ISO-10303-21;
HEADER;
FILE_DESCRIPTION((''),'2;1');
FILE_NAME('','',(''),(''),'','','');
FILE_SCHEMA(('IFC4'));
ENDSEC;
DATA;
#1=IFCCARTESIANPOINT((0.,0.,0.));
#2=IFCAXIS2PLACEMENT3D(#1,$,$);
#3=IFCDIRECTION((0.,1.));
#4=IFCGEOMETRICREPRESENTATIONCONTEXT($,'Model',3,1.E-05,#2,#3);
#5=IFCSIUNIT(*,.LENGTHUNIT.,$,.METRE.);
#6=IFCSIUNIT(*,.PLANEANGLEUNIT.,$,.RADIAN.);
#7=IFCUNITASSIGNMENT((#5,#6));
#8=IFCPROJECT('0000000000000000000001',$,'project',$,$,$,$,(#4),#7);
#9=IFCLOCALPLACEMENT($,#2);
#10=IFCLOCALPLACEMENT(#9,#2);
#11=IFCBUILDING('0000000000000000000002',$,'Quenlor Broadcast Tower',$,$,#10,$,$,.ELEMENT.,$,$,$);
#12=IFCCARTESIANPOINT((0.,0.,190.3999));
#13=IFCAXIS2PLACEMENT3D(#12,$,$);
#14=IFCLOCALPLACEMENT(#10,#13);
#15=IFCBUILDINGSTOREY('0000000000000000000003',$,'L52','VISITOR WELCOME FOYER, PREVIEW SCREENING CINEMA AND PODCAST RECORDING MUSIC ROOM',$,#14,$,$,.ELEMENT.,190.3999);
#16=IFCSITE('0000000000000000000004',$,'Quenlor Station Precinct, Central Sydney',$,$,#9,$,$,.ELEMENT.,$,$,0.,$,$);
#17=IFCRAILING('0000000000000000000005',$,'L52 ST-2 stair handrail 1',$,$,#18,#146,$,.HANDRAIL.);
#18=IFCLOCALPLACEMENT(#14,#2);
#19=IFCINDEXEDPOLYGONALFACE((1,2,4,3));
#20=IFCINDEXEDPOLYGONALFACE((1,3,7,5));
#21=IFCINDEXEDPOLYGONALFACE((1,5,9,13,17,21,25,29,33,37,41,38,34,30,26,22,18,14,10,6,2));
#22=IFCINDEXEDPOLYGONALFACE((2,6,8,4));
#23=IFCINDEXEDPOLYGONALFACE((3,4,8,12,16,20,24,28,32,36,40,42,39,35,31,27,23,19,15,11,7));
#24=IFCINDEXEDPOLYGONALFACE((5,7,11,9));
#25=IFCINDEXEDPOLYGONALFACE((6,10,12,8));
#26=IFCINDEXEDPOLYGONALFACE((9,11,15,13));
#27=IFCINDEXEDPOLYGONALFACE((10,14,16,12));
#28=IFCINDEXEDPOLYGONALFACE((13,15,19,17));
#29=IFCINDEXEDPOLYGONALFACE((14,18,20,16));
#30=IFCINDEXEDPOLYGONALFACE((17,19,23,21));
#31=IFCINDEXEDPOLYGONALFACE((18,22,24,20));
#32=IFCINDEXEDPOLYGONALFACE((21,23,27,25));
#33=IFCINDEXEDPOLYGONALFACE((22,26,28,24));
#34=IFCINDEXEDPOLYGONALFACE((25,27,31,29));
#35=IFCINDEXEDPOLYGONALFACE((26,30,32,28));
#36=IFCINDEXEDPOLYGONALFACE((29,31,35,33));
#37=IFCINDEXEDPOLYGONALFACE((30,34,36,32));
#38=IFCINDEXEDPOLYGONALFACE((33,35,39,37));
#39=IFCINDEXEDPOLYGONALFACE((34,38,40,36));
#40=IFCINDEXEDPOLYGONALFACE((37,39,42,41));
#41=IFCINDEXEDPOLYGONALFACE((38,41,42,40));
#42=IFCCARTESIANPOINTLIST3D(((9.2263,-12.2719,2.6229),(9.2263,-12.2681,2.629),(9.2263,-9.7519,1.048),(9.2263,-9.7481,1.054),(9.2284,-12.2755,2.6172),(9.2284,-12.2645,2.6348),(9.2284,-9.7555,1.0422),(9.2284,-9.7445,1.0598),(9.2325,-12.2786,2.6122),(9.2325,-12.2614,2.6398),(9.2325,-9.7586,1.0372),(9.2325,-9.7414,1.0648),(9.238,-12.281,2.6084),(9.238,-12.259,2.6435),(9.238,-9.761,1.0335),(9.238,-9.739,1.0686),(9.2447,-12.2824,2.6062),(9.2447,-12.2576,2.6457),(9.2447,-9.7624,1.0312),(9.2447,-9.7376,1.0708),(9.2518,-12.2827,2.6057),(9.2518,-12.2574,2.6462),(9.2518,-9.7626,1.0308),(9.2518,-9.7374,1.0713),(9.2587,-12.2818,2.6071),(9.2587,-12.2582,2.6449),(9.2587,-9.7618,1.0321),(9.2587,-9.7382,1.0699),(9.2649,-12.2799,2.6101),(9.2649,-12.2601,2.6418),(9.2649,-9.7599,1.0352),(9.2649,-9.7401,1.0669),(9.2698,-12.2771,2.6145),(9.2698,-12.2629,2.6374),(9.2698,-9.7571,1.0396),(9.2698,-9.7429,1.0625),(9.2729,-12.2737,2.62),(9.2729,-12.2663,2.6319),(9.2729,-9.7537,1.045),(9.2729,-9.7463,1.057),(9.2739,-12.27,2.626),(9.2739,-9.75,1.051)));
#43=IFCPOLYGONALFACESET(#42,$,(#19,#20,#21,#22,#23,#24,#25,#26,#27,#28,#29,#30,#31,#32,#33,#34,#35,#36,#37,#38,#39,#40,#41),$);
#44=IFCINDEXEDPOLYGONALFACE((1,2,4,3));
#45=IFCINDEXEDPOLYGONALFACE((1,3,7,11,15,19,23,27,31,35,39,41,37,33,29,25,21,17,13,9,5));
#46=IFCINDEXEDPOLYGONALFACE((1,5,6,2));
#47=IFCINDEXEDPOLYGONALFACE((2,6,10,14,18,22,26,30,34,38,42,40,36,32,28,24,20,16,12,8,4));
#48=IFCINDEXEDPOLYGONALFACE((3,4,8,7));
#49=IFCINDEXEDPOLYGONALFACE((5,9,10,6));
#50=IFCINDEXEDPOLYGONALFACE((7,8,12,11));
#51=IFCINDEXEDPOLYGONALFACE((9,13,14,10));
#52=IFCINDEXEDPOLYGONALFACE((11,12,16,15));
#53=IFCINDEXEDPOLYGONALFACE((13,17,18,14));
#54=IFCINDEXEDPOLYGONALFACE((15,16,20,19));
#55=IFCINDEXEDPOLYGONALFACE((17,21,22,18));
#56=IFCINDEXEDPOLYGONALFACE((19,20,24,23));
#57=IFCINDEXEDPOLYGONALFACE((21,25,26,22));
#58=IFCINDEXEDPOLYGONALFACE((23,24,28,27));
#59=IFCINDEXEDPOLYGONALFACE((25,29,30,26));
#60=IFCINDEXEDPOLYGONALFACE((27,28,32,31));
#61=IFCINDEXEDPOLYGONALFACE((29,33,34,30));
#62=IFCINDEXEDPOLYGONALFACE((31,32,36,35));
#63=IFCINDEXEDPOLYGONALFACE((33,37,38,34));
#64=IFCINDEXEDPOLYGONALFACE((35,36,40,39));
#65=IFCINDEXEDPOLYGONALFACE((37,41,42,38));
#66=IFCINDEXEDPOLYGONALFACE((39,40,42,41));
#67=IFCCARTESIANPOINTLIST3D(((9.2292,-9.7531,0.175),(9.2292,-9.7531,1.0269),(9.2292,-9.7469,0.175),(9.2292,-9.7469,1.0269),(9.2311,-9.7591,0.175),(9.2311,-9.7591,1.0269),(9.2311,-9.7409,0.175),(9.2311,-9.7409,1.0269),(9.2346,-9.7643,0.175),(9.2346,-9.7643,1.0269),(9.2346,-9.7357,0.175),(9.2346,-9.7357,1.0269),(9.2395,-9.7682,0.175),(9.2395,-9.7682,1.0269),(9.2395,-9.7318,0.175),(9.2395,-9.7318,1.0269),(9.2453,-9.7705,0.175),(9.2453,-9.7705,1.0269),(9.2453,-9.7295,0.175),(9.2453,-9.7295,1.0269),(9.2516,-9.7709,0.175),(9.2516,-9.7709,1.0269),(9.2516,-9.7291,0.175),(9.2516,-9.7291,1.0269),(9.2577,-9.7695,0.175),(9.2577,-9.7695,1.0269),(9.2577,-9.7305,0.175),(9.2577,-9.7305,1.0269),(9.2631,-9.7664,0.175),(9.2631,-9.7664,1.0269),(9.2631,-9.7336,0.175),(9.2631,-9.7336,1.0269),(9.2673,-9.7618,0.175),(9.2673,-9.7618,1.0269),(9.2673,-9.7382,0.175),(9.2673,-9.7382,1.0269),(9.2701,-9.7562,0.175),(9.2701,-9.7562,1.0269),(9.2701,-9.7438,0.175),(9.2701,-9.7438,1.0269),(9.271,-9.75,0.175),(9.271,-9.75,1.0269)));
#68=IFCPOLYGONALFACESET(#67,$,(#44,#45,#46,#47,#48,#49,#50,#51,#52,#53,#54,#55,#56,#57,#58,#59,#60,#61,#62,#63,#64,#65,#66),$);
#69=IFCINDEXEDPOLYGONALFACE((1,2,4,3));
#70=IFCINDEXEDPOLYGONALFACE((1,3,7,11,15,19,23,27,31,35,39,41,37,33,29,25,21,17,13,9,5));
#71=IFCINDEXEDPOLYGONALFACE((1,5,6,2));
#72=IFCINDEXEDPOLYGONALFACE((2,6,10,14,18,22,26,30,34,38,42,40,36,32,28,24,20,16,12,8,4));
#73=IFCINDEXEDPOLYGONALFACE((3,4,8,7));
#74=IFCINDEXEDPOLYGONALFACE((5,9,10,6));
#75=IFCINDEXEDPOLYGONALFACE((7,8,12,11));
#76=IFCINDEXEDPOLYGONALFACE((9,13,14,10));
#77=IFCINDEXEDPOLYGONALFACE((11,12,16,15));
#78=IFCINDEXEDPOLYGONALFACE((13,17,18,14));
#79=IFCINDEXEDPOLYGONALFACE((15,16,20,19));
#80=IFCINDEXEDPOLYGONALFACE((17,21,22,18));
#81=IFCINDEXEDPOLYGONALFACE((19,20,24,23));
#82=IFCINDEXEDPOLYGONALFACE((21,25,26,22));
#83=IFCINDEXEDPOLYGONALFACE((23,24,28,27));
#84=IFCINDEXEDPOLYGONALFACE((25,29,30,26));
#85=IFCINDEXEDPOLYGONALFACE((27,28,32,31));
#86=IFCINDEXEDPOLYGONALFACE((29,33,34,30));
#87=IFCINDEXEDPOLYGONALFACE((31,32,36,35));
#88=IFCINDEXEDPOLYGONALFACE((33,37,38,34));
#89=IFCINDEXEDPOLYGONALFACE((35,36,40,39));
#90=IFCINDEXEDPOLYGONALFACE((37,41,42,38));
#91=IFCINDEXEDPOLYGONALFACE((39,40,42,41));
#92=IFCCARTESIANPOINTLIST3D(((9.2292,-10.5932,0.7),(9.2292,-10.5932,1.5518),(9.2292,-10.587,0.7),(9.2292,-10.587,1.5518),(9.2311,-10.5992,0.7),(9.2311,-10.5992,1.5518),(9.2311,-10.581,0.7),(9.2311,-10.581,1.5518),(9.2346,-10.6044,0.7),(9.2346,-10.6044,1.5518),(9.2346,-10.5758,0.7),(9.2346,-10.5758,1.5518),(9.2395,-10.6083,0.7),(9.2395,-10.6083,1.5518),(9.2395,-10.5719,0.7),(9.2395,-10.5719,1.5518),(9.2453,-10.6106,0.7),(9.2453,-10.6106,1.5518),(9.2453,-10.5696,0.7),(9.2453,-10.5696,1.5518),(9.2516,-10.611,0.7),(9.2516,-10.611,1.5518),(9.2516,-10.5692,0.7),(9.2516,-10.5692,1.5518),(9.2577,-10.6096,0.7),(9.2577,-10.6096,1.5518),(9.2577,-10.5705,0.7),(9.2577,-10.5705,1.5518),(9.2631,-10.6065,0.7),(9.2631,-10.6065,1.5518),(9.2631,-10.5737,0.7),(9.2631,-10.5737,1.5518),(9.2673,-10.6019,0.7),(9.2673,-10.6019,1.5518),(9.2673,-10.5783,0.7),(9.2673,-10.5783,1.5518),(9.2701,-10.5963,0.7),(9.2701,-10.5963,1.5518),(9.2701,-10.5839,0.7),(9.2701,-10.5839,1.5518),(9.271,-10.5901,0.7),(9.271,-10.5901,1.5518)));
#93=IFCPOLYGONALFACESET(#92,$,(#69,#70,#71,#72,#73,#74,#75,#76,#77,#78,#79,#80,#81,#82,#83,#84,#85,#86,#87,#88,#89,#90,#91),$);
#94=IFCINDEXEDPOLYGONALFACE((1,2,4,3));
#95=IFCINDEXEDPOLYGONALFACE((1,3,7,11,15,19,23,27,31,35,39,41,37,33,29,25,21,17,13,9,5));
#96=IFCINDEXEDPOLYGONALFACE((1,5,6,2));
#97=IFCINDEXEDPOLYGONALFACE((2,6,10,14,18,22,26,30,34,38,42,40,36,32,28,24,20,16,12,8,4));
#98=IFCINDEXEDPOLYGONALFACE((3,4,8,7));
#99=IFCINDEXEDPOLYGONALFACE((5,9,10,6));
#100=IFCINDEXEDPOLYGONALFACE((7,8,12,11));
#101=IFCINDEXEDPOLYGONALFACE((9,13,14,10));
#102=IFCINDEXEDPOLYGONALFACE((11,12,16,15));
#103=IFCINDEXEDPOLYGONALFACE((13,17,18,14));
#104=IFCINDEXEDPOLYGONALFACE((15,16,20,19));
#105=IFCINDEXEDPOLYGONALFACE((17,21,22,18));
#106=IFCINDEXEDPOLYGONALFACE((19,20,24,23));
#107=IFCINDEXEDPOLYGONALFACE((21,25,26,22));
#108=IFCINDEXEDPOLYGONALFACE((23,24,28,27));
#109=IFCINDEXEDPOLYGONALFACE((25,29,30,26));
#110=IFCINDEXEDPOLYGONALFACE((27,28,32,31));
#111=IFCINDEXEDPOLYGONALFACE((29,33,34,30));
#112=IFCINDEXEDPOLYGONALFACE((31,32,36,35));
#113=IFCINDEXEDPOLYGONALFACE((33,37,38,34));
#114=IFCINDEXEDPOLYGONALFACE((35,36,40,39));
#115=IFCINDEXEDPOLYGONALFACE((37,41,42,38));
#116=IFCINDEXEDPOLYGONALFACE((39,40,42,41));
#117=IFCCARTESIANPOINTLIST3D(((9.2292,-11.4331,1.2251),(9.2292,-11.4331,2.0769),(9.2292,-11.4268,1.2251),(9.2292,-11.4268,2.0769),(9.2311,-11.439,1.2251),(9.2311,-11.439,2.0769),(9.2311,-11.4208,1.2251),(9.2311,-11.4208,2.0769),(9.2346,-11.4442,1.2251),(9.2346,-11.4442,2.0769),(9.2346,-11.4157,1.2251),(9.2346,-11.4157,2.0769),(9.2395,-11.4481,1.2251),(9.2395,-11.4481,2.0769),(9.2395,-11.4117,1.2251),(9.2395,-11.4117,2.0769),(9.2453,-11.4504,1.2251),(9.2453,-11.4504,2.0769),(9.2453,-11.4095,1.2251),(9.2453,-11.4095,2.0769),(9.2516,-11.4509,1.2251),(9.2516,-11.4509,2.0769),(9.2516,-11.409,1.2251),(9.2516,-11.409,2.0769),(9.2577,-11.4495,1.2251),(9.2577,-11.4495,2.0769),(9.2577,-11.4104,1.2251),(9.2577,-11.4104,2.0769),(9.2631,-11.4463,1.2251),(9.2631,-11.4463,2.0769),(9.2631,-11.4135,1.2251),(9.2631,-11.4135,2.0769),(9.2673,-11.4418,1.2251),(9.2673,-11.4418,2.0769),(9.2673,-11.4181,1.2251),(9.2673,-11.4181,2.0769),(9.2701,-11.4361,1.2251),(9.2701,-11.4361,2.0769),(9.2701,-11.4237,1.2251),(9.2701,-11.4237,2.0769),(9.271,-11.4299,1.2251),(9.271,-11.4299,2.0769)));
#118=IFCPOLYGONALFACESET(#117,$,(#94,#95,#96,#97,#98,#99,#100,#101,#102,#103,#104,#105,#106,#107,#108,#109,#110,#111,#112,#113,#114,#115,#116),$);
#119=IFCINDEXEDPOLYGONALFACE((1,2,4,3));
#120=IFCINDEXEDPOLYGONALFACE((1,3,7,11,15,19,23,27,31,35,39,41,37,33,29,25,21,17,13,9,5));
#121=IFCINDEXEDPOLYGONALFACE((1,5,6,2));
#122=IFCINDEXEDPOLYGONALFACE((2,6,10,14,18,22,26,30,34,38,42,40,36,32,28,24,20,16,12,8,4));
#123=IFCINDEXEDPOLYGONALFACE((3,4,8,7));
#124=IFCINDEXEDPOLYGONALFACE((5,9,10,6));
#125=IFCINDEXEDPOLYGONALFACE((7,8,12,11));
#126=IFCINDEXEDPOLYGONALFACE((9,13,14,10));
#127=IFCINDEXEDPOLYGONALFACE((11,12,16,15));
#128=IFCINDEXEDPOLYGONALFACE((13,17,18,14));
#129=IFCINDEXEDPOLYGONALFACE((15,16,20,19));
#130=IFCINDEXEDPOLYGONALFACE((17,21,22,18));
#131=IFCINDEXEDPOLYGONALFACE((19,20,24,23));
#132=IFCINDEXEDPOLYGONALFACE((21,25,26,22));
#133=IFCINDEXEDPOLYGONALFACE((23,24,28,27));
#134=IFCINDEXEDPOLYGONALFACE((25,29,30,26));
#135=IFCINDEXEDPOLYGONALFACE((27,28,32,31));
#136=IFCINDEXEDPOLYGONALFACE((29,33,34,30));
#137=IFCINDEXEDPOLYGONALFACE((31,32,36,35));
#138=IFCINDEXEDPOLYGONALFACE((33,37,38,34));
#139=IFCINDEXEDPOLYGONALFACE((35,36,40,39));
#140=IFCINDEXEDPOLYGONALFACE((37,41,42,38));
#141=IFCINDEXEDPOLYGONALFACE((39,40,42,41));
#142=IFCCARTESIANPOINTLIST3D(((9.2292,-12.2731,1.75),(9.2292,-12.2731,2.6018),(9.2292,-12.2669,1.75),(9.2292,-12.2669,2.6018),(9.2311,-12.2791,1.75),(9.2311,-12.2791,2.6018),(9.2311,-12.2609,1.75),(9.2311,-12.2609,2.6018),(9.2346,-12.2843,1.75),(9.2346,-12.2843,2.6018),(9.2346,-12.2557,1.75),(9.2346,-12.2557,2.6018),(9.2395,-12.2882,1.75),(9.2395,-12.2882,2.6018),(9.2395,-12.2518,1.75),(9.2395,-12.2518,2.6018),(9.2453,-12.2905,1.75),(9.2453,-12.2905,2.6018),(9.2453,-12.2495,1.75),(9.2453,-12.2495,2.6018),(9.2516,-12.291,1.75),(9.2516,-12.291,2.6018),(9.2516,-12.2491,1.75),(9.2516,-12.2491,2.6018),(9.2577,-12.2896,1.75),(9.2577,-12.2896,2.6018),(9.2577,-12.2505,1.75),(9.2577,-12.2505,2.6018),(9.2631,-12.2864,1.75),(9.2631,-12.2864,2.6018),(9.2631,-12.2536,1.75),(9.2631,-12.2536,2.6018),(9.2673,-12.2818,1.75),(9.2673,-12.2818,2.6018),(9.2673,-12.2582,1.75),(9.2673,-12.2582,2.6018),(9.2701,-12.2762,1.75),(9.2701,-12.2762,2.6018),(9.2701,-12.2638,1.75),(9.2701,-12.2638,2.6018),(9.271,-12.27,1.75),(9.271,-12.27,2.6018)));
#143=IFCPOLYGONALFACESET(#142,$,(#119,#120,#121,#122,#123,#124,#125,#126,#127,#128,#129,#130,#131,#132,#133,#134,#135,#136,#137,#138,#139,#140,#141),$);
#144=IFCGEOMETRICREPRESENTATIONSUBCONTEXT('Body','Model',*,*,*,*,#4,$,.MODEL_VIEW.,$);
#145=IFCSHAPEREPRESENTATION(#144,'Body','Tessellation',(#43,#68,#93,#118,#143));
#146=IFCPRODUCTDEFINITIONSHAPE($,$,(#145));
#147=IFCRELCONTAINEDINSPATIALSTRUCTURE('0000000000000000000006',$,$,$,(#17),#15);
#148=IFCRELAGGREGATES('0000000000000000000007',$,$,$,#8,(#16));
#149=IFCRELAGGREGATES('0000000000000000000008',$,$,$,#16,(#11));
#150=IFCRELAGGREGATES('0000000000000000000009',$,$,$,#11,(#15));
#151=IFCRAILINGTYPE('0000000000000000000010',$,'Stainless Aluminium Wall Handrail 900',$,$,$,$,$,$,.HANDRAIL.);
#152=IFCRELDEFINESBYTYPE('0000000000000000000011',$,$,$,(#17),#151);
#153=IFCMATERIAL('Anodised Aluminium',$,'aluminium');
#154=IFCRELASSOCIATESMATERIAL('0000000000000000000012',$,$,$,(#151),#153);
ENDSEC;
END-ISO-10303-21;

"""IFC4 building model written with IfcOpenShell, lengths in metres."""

from ifc_helpers import new_model, si_unit, direction, frame, origin, origin_2d, place, context, subcontext, project, spatial, circle, extrude, material, type_object, element, save


model = new_model("IFC4")

# Units and contexts
model_context = context("Model", 3, precision=1e-05, world=origin(), true_north=direction((0.0, 1.0)))
body_context = subcontext(model_context, "Body", "Model", "MODEL_VIEW")
ifc_project = project(units=[si_unit("LENGTHUNIT", "METRE"), si_unit("PLANEANGLEUNIT", "RADIAN")], contexts=[model_context])

# Site, building, storey
site_placement = place(None, origin())
site = spatial("IfcSite", under=ifc_project, at=site_placement, Name="Quenlor Station Precinct, Central Sydney", CompositionType="ELEMENT", RefElevation=0.0)
building_placement = place(site_placement, origin())
building = spatial("IfcBuilding", under=site, at=building_placement, Name="Quenlor Broadcast Tower", CompositionType="ELEMENT")
storey_placement = place(building_placement, frame((0.0, 0.0, 190.3999)))
storey = spatial("IfcBuildingStorey", under=building, at=storey_placement, Name="L52", Description="VISITOR WELCOME FOYER, PREVIEW SCREENING CINEMA AND PODCAST RECORDING MUSIC ROOM", CompositionType="ELEMENT", Elevation=190.3999)

# Railing
ifc_material_1 = material(Name="Anodised Aluminium", Category="aluminium")
railing_type = type_object("IfcRailingType", Name="Stainless Aluminium Wall Handrail 900", PredefinedType="HANDRAIL", material=ifc_material_1)
railing_placement = place(storey_placement, frame((9.25, -9.75, 0.175)))
element("IfcRailing", 1, at=railing_placement, inside=storey, type_object=railing_type, Name="L52 ST-2 stair handrail 1", PredefinedType="HANDRAIL", context=body_context, shape_type="SweptSolid", body=[
    extrude(circle(Radius=0.0239, at=origin_2d()), frame((0.0, 0.0, 0.876), z_axis=(0.0, -0.848008, 0.529984), x_axis=(1.0, 0.0, 0.0)), (0.0, 0.0, 1.0), 2.9717),
    extrude(circle(Radius=0.021, at=origin_2d()), origin(), (0.0, 0.0, 1.0), 0.8518),
    extrude(circle(Radius=0.021, at=origin_2d()), frame((0.0, -0.8401, 0.5249)), (0.0, 0.0, 1.0), 0.8518),
    extrude(circle(Radius=0.021, at=origin_2d()), frame((0.0, -1.6799, 1.05)), (0.0, 0.0, 1.0), 0.8518),
    extrude(circle(Radius=0.021, at=origin_2d()), frame((0.0, -2.52, 1.575)), (0.0, 0.0, 1.0), 0.8518),
])

save(model, "model.ifc")
